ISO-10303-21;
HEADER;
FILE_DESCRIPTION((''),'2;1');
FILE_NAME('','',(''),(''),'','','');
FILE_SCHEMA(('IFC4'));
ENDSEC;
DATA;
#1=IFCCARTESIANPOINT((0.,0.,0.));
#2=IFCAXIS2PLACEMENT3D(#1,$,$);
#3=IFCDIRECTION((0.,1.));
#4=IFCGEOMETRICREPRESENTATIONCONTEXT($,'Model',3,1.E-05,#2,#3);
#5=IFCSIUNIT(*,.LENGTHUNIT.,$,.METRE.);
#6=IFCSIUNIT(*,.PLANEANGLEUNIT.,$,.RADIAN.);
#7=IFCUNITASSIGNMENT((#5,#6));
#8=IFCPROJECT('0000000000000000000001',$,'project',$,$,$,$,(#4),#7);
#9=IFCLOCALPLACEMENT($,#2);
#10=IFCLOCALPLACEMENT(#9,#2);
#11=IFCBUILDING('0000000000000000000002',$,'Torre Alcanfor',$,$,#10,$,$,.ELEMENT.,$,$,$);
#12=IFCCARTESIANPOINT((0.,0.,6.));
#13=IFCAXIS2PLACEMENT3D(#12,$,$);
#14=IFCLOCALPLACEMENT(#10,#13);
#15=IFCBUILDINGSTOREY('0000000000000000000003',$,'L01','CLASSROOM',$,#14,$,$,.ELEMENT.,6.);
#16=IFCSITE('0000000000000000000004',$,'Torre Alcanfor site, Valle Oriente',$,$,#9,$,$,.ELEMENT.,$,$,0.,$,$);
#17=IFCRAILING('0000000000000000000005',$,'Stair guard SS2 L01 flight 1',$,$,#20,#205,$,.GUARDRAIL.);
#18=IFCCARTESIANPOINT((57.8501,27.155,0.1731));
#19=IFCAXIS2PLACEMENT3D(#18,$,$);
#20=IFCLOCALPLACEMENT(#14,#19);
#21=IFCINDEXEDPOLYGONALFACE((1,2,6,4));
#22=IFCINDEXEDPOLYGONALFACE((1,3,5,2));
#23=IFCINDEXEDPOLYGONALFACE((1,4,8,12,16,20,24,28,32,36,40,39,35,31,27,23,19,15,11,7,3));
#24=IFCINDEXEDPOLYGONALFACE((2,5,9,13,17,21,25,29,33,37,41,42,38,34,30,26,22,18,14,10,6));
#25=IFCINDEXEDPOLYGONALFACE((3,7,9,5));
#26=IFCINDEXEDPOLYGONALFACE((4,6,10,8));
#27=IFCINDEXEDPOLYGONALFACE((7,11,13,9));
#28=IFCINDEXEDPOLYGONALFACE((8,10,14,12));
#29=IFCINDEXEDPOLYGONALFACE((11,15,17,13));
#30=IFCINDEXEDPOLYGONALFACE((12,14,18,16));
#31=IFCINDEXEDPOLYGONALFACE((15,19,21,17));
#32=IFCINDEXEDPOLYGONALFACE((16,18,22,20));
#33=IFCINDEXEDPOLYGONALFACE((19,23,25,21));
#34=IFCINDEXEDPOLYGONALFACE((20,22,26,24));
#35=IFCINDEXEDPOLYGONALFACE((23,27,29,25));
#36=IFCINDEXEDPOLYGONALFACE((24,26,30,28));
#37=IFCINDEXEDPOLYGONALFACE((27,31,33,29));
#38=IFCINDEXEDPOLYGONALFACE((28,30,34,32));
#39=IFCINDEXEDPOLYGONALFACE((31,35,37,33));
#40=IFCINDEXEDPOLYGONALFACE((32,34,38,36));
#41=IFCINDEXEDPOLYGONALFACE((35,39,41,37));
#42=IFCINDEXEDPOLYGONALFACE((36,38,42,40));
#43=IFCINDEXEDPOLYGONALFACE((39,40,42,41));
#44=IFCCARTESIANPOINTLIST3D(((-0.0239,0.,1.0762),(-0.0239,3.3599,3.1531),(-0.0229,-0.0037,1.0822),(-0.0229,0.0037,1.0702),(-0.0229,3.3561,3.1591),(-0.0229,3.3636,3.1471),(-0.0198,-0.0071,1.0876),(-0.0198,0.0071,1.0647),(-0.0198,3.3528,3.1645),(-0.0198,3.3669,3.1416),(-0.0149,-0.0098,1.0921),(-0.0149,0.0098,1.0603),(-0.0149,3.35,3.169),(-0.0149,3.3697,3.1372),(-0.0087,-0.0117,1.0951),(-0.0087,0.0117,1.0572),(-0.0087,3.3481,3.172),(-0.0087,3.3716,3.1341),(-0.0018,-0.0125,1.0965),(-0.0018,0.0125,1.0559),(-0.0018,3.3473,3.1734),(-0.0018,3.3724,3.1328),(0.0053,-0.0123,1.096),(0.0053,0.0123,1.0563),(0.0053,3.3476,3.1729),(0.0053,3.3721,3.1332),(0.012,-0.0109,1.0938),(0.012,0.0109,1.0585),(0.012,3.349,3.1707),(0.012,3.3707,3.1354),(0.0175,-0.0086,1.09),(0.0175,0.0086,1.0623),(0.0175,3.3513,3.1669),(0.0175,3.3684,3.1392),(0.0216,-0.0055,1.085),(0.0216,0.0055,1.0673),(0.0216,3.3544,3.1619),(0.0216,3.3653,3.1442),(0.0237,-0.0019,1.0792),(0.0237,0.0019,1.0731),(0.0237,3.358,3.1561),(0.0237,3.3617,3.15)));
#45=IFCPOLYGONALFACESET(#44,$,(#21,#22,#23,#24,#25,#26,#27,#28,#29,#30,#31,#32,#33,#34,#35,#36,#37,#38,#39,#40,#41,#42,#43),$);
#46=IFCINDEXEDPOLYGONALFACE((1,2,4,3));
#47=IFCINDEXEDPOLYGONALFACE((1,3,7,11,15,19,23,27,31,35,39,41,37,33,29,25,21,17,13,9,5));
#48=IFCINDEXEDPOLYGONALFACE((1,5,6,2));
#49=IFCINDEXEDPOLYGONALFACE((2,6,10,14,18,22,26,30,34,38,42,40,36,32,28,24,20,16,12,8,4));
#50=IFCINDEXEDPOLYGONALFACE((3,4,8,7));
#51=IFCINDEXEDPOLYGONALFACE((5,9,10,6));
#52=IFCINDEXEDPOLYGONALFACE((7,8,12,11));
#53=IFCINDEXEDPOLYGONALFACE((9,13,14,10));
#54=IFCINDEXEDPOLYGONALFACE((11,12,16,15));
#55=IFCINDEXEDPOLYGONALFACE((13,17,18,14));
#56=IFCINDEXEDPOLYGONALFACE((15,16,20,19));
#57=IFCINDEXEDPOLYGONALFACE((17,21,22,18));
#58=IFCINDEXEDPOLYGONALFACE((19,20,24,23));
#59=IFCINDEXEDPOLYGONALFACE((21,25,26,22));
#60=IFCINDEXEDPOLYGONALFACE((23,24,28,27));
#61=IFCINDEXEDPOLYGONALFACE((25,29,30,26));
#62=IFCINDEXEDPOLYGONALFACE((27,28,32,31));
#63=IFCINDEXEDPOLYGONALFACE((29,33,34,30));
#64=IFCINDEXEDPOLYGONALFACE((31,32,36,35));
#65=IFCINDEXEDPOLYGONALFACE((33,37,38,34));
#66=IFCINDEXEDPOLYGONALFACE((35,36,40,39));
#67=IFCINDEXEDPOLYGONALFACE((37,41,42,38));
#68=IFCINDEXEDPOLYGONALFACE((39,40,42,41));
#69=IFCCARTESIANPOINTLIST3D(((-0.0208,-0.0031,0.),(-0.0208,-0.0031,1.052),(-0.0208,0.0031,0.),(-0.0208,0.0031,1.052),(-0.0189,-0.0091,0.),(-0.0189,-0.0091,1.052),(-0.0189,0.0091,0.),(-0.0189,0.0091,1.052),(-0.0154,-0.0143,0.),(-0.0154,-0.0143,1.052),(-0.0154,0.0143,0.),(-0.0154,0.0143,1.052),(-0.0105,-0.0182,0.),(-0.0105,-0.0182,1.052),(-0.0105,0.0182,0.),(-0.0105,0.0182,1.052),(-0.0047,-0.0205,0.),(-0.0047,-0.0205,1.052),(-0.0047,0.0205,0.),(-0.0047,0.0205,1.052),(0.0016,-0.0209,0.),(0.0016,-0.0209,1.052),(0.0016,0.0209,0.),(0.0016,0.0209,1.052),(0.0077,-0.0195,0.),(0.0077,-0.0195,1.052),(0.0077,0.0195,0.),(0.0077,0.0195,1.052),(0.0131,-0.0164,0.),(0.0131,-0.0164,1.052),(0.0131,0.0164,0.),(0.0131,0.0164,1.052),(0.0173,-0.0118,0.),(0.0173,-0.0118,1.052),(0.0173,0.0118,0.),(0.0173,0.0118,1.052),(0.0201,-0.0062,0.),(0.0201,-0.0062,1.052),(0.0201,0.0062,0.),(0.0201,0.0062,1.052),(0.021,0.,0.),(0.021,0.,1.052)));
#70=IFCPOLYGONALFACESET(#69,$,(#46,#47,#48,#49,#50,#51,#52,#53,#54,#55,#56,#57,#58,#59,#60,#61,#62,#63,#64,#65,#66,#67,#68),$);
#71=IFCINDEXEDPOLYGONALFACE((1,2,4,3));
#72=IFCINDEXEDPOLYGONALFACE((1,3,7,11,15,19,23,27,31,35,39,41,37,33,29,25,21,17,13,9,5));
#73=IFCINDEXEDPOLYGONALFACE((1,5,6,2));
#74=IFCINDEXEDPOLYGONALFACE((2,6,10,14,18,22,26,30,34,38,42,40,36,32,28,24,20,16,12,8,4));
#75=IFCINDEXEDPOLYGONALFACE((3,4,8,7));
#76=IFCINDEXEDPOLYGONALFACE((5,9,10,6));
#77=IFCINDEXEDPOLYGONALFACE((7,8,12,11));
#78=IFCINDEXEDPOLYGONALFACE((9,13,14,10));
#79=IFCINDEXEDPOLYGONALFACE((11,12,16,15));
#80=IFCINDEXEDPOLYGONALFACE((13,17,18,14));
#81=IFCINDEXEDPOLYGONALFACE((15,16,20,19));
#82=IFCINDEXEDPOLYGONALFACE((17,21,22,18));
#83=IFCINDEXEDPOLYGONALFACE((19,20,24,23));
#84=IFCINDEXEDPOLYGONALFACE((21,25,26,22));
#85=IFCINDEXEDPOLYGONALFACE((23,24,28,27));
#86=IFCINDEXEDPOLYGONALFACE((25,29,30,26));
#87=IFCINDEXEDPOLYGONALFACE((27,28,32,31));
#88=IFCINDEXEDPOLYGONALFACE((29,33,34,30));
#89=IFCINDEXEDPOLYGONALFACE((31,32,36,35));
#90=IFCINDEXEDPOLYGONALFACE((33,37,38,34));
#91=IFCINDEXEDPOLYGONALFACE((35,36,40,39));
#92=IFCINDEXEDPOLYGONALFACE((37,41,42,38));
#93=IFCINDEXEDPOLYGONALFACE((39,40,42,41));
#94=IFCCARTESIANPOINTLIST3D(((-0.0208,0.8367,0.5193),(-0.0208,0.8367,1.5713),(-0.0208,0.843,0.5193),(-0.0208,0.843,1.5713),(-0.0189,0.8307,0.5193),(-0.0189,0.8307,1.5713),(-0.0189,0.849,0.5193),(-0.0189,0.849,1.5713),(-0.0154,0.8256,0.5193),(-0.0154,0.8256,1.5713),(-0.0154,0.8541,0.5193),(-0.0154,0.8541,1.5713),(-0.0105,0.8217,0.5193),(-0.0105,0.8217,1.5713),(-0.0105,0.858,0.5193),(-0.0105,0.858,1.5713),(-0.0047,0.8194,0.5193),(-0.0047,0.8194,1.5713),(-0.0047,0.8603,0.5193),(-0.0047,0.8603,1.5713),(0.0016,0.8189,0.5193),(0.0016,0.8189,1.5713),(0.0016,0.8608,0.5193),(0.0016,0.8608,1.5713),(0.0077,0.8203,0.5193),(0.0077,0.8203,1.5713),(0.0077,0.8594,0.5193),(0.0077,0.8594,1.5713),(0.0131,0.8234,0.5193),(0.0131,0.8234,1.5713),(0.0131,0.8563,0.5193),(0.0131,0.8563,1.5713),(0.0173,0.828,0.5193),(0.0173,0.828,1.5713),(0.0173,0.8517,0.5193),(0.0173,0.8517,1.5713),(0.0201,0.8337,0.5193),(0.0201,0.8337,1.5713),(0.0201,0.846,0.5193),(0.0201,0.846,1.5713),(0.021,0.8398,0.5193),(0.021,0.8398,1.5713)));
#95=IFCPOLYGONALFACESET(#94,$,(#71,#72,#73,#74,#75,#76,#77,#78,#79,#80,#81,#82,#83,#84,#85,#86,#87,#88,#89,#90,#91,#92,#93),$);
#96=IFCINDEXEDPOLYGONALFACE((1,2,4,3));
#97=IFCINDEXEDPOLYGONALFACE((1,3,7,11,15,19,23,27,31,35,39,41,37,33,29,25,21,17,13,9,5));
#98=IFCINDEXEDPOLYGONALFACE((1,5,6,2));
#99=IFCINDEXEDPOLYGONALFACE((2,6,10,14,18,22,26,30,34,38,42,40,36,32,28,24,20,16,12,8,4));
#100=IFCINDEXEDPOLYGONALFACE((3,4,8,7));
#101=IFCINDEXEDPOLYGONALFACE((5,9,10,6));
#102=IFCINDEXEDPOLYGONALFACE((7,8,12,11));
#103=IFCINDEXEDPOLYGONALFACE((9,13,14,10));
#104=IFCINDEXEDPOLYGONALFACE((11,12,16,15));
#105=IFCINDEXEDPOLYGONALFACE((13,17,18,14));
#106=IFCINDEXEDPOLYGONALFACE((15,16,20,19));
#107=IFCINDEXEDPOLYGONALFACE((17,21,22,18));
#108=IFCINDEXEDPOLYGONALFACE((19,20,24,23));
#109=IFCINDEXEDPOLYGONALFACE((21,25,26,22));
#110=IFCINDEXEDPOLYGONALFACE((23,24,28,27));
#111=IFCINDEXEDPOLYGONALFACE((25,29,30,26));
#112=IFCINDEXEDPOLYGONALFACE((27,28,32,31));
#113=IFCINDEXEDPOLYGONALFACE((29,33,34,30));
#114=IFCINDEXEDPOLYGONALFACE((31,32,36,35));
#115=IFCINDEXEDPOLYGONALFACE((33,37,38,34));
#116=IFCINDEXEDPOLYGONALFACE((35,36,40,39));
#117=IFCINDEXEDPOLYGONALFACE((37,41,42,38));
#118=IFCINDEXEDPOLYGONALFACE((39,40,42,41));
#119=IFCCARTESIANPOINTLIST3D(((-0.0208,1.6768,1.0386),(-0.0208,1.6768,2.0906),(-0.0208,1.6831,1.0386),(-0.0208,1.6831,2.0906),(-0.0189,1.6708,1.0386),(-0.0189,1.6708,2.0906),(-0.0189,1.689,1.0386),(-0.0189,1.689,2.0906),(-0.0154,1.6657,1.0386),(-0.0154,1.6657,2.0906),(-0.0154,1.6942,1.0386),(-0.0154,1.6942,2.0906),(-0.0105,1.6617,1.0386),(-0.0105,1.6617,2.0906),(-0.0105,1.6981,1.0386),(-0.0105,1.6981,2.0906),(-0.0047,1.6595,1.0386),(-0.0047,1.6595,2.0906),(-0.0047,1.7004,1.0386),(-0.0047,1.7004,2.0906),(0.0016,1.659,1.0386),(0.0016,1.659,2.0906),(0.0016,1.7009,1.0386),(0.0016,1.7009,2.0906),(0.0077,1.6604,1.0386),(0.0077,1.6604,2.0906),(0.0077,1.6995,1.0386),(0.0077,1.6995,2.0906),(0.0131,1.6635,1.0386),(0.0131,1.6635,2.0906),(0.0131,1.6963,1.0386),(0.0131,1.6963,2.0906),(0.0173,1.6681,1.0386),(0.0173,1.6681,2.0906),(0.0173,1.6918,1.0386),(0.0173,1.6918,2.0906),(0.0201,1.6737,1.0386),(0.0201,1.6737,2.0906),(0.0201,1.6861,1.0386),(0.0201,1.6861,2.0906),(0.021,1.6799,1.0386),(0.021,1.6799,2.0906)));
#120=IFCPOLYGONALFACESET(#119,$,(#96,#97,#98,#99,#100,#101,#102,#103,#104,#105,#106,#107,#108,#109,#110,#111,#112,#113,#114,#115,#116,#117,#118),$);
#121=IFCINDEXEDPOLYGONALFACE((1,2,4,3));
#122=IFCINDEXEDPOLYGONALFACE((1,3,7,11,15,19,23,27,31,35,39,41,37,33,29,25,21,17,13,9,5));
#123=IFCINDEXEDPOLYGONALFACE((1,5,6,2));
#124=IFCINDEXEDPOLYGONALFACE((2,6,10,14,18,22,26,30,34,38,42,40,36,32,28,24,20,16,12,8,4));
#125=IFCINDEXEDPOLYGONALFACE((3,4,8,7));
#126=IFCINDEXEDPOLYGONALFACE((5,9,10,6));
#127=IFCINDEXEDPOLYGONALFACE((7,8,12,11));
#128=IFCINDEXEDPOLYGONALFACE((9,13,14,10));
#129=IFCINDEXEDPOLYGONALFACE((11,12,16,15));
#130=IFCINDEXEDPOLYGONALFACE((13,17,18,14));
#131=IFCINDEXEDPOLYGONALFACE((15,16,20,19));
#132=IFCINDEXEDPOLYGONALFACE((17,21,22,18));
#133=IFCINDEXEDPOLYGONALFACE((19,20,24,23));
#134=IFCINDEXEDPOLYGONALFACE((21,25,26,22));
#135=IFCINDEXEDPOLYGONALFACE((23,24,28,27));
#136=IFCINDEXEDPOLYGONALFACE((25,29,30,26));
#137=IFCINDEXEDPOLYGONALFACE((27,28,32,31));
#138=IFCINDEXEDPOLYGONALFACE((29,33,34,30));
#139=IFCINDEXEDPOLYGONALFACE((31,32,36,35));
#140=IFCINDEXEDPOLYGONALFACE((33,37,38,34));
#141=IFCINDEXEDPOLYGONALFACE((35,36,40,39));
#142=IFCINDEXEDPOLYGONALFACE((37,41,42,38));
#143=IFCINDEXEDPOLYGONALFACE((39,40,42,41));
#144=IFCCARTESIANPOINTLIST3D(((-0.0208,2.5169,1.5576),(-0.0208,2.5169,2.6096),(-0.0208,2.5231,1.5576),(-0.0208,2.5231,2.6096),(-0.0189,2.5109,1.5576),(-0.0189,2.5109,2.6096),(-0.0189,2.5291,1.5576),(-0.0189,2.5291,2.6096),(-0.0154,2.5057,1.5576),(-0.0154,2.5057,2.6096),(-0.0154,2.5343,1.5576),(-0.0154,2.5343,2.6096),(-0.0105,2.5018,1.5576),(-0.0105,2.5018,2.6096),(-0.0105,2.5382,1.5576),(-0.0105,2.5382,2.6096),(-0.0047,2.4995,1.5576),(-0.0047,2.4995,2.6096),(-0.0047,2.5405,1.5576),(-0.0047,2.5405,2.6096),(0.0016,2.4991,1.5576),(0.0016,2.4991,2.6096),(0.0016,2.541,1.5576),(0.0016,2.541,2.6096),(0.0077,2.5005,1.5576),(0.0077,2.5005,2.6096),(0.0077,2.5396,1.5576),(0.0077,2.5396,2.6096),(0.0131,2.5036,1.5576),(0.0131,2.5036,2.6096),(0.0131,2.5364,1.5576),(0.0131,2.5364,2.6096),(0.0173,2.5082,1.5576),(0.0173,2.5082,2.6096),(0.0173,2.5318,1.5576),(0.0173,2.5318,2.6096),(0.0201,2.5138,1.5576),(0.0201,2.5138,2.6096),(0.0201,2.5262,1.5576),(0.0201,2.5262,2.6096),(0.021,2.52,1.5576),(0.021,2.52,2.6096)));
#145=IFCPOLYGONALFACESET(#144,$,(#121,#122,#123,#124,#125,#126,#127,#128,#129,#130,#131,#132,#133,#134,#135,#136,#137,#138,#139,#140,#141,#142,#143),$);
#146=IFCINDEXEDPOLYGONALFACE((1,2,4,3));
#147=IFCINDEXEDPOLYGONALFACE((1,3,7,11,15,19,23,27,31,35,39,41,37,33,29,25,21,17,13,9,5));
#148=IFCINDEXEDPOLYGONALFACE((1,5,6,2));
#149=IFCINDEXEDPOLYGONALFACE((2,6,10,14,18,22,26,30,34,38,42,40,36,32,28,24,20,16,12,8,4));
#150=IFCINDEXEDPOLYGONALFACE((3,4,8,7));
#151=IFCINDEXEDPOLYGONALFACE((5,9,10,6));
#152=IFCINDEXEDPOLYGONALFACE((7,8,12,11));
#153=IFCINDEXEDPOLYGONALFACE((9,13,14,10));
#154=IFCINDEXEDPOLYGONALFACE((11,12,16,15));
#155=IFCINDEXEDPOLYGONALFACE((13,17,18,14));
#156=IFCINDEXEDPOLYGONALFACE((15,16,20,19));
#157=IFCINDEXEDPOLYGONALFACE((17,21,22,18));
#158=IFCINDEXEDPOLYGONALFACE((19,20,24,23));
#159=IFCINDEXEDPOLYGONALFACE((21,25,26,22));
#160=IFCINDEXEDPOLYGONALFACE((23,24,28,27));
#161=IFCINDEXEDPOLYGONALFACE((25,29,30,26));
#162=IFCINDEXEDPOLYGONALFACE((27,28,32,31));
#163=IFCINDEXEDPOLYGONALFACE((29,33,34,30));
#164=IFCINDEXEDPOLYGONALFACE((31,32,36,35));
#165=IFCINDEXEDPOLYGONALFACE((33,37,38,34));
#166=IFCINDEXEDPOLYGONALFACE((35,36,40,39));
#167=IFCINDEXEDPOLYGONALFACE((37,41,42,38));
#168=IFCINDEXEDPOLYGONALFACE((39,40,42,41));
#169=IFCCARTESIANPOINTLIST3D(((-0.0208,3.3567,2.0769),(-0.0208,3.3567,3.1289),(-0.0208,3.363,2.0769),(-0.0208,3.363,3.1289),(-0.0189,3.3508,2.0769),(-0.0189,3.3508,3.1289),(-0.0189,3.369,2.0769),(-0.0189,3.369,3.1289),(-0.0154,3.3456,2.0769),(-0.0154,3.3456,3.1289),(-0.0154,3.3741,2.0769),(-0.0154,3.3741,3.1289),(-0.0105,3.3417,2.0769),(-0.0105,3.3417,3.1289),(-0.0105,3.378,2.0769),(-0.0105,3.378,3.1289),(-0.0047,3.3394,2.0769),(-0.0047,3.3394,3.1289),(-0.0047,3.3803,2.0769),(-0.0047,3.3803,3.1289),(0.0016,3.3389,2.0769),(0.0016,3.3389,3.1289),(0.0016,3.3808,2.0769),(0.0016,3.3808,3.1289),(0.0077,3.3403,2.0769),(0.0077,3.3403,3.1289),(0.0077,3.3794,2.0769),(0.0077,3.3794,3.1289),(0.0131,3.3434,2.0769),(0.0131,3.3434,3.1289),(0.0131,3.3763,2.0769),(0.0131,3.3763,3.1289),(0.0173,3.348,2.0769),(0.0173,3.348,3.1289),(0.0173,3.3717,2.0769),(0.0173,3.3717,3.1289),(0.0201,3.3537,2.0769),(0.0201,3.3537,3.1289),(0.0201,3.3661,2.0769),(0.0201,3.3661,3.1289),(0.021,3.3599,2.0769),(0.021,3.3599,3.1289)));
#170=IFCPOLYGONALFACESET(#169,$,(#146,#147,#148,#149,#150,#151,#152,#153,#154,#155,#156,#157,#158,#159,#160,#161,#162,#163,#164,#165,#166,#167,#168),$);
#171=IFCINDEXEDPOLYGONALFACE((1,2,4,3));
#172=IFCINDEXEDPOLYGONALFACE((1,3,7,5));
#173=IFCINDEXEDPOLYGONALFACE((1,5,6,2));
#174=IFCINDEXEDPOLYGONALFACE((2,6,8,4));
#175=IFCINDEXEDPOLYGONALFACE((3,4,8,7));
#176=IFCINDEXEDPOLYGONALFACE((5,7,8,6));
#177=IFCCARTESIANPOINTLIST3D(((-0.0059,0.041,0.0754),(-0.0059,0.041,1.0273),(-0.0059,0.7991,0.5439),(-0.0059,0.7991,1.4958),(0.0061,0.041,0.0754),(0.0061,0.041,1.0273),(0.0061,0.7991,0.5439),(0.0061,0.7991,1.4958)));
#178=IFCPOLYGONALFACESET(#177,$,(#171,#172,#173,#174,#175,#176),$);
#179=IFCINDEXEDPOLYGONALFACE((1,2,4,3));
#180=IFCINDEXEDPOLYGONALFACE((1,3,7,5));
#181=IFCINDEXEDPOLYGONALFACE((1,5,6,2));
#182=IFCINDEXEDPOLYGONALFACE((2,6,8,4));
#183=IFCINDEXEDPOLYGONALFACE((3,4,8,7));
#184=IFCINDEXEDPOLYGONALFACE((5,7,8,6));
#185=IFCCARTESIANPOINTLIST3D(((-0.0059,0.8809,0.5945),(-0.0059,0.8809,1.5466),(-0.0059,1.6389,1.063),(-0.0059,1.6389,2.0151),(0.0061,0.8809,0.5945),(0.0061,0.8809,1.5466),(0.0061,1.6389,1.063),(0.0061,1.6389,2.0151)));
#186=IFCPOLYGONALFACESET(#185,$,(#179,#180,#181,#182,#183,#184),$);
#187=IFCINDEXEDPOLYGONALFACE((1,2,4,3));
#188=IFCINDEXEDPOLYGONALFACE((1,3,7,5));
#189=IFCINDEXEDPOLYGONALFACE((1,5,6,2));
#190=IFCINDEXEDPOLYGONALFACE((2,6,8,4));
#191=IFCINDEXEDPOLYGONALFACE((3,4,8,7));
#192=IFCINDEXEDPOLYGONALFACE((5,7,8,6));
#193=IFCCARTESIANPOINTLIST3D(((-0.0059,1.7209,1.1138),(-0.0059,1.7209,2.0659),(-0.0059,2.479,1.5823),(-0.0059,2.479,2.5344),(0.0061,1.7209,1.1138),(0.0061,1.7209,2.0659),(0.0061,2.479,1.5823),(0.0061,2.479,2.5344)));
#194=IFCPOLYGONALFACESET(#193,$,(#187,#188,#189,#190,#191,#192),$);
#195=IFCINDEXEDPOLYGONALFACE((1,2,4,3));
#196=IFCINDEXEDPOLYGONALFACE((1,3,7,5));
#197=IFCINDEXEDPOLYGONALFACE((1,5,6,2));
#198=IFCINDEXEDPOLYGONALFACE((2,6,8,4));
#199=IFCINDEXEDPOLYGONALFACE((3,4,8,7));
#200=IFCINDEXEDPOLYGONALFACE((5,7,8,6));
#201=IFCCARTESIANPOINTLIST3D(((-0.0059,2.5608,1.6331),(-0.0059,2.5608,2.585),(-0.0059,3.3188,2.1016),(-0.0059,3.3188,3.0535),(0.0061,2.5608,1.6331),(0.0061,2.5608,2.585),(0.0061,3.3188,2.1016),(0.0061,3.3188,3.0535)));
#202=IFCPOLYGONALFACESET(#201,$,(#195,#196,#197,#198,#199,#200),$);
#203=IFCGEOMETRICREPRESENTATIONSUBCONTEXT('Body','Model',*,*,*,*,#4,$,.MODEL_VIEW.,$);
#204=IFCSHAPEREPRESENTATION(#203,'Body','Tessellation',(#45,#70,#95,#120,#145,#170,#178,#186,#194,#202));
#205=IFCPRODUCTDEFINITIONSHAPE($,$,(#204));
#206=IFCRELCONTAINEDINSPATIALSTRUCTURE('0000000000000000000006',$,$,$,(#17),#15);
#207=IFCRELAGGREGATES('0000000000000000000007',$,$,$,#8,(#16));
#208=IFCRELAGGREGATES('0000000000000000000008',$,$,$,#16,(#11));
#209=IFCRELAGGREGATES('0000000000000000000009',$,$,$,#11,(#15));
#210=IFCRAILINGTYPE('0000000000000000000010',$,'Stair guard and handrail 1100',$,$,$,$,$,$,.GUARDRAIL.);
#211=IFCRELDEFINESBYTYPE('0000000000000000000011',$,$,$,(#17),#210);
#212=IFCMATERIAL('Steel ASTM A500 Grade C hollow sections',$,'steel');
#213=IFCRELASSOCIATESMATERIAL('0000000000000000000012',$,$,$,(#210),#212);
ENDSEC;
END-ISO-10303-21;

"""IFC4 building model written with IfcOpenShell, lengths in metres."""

from ifc_helpers import new_model, si_unit, direction, frame, origin, origin_2d, place, context, subcontext, project, spatial, polyline, circle, outline, extrude, material, type_object, element, save


model = new_model("IFC4")

# Units and contexts
model_context = context("Model", 3, precision=1e-05, world=origin(), true_north=direction((0.0, 1.0)))
body_context = subcontext(model_context, "Body", "Model", "MODEL_VIEW")
ifc_project = project(units=[si_unit("LENGTHUNIT", "METRE"), si_unit("PLANEANGLEUNIT", "RADIAN")], contexts=[model_context])

# Site, building, storey
site_placement = place(None, origin())
site = spatial("IfcSite", under=ifc_project, at=site_placement, Name="Torre Alcanfor site, Valle Oriente", CompositionType="ELEMENT", RefElevation=0.0)
building_placement = place(site_placement, origin())
building = spatial("IfcBuilding", under=site, at=building_placement, Name="Torre Alcanfor", CompositionType="ELEMENT")
storey_placement = place(building_placement, frame((0.0, 0.0, 6.0)))
storey = spatial("IfcBuildingStorey", under=building, at=storey_placement, Name="L01", Description="CLASSROOM", CompositionType="ELEMENT", Elevation=6.0)

# Railing
ifc_material_1 = material(Name="Steel ASTM A500 Grade C hollow sections", Category="steel")
railing_type_1 = type_object("IfcRailingType", Name="Stair guard and handrail 1100", PredefinedType="GUARDRAIL", material=ifc_material_1)
railing_1_placement = place(storey_placement, frame((57.8501, 27.155, 0.1731)))
element("IfcRailing", 1, at=railing_1_placement, inside=storey, type_object=railing_type_1, Name="Stair guard SS2 L01 flight 1", PredefinedType="GUARDRAIL", context=body_context, shape_type="SweptSolid", body=[
    extrude(circle(Radius=0.0239, at=origin_2d()), frame((0.0, 0.0, 1.0762), z_axis=(0.0, 0.850606, 0.525803), x_axis=(-1.0, 0.0, 0.0)), (0.0, 0.0, 1.0), 3.95),
    extrude(circle(Radius=0.021, at=origin_2d()), origin(), (0.0, 0.0, 1.0), 1.052),
    extrude(circle(Radius=0.021, at=origin_2d()), frame((0.0, 0.8398, 0.5193)), (0.0, 0.0, 1.0), 1.052),
    extrude(circle(Radius=0.021, at=origin_2d()), frame((0.0, 1.6799, 1.0386)), (0.0, 0.0, 1.0), 1.052),
    extrude(circle(Radius=0.021, at=origin_2d()), frame((0.0, 2.52, 1.5576)), (0.0, 0.0, 1.0), 1.052),
    extrude(circle(Radius=0.021, at=origin_2d()), frame((0.0, 3.3599, 2.0769)), (0.0, 0.0, 1.0), 1.052),
    extrude(outline(polyline([(0.041, 0.0754), (0.7991, 0.5439), (0.7991, 1.4958), (0.041, 1.0273), (0.041, 0.0754)])), frame((-0.0059, 0.0, 0.0), z_axis=(1.0, 0.0, 0.0), x_axis=(0.0, 1.0, 0.0)), (0.0, 0.0, 1.0), 0.012),
    extrude(outline(polyline([(0.8809, 0.5945), (1.6389, 1.063), (1.6389, 2.0151), (0.8809, 1.5466), (0.8809, 0.5945)])), frame((-0.0059, 0.0, 0.0), z_axis=(1.0, 0.0, 0.0), x_axis=(0.0, 1.0, 0.0)), (0.0, 0.0, 1.0), 0.012),
    extrude(outline(polyline([(1.7209, 1.1138), (2.479, 1.5823), (2.479, 2.5344), (1.7209, 2.0659), (1.7209, 1.1138)])), frame((-0.0059, 0.0, 0.0), z_axis=(1.0, 0.0, 0.0), x_axis=(0.0, 1.0, 0.0)), (0.0, 0.0, 1.0), 0.012),
    extrude(outline(polyline([(2.5608, 1.6331), (3.3188, 2.1016), (3.3188, 3.0535), (2.5608, 2.585), (2.5608, 1.6331)])), frame((-0.0059, 0.0, 0.0), z_axis=(1.0, 0.0, 0.0), x_axis=(0.0, 1.0, 0.0)), (0.0, 0.0, 1.0), 0.012),
])

save(model, "model.ifc")
